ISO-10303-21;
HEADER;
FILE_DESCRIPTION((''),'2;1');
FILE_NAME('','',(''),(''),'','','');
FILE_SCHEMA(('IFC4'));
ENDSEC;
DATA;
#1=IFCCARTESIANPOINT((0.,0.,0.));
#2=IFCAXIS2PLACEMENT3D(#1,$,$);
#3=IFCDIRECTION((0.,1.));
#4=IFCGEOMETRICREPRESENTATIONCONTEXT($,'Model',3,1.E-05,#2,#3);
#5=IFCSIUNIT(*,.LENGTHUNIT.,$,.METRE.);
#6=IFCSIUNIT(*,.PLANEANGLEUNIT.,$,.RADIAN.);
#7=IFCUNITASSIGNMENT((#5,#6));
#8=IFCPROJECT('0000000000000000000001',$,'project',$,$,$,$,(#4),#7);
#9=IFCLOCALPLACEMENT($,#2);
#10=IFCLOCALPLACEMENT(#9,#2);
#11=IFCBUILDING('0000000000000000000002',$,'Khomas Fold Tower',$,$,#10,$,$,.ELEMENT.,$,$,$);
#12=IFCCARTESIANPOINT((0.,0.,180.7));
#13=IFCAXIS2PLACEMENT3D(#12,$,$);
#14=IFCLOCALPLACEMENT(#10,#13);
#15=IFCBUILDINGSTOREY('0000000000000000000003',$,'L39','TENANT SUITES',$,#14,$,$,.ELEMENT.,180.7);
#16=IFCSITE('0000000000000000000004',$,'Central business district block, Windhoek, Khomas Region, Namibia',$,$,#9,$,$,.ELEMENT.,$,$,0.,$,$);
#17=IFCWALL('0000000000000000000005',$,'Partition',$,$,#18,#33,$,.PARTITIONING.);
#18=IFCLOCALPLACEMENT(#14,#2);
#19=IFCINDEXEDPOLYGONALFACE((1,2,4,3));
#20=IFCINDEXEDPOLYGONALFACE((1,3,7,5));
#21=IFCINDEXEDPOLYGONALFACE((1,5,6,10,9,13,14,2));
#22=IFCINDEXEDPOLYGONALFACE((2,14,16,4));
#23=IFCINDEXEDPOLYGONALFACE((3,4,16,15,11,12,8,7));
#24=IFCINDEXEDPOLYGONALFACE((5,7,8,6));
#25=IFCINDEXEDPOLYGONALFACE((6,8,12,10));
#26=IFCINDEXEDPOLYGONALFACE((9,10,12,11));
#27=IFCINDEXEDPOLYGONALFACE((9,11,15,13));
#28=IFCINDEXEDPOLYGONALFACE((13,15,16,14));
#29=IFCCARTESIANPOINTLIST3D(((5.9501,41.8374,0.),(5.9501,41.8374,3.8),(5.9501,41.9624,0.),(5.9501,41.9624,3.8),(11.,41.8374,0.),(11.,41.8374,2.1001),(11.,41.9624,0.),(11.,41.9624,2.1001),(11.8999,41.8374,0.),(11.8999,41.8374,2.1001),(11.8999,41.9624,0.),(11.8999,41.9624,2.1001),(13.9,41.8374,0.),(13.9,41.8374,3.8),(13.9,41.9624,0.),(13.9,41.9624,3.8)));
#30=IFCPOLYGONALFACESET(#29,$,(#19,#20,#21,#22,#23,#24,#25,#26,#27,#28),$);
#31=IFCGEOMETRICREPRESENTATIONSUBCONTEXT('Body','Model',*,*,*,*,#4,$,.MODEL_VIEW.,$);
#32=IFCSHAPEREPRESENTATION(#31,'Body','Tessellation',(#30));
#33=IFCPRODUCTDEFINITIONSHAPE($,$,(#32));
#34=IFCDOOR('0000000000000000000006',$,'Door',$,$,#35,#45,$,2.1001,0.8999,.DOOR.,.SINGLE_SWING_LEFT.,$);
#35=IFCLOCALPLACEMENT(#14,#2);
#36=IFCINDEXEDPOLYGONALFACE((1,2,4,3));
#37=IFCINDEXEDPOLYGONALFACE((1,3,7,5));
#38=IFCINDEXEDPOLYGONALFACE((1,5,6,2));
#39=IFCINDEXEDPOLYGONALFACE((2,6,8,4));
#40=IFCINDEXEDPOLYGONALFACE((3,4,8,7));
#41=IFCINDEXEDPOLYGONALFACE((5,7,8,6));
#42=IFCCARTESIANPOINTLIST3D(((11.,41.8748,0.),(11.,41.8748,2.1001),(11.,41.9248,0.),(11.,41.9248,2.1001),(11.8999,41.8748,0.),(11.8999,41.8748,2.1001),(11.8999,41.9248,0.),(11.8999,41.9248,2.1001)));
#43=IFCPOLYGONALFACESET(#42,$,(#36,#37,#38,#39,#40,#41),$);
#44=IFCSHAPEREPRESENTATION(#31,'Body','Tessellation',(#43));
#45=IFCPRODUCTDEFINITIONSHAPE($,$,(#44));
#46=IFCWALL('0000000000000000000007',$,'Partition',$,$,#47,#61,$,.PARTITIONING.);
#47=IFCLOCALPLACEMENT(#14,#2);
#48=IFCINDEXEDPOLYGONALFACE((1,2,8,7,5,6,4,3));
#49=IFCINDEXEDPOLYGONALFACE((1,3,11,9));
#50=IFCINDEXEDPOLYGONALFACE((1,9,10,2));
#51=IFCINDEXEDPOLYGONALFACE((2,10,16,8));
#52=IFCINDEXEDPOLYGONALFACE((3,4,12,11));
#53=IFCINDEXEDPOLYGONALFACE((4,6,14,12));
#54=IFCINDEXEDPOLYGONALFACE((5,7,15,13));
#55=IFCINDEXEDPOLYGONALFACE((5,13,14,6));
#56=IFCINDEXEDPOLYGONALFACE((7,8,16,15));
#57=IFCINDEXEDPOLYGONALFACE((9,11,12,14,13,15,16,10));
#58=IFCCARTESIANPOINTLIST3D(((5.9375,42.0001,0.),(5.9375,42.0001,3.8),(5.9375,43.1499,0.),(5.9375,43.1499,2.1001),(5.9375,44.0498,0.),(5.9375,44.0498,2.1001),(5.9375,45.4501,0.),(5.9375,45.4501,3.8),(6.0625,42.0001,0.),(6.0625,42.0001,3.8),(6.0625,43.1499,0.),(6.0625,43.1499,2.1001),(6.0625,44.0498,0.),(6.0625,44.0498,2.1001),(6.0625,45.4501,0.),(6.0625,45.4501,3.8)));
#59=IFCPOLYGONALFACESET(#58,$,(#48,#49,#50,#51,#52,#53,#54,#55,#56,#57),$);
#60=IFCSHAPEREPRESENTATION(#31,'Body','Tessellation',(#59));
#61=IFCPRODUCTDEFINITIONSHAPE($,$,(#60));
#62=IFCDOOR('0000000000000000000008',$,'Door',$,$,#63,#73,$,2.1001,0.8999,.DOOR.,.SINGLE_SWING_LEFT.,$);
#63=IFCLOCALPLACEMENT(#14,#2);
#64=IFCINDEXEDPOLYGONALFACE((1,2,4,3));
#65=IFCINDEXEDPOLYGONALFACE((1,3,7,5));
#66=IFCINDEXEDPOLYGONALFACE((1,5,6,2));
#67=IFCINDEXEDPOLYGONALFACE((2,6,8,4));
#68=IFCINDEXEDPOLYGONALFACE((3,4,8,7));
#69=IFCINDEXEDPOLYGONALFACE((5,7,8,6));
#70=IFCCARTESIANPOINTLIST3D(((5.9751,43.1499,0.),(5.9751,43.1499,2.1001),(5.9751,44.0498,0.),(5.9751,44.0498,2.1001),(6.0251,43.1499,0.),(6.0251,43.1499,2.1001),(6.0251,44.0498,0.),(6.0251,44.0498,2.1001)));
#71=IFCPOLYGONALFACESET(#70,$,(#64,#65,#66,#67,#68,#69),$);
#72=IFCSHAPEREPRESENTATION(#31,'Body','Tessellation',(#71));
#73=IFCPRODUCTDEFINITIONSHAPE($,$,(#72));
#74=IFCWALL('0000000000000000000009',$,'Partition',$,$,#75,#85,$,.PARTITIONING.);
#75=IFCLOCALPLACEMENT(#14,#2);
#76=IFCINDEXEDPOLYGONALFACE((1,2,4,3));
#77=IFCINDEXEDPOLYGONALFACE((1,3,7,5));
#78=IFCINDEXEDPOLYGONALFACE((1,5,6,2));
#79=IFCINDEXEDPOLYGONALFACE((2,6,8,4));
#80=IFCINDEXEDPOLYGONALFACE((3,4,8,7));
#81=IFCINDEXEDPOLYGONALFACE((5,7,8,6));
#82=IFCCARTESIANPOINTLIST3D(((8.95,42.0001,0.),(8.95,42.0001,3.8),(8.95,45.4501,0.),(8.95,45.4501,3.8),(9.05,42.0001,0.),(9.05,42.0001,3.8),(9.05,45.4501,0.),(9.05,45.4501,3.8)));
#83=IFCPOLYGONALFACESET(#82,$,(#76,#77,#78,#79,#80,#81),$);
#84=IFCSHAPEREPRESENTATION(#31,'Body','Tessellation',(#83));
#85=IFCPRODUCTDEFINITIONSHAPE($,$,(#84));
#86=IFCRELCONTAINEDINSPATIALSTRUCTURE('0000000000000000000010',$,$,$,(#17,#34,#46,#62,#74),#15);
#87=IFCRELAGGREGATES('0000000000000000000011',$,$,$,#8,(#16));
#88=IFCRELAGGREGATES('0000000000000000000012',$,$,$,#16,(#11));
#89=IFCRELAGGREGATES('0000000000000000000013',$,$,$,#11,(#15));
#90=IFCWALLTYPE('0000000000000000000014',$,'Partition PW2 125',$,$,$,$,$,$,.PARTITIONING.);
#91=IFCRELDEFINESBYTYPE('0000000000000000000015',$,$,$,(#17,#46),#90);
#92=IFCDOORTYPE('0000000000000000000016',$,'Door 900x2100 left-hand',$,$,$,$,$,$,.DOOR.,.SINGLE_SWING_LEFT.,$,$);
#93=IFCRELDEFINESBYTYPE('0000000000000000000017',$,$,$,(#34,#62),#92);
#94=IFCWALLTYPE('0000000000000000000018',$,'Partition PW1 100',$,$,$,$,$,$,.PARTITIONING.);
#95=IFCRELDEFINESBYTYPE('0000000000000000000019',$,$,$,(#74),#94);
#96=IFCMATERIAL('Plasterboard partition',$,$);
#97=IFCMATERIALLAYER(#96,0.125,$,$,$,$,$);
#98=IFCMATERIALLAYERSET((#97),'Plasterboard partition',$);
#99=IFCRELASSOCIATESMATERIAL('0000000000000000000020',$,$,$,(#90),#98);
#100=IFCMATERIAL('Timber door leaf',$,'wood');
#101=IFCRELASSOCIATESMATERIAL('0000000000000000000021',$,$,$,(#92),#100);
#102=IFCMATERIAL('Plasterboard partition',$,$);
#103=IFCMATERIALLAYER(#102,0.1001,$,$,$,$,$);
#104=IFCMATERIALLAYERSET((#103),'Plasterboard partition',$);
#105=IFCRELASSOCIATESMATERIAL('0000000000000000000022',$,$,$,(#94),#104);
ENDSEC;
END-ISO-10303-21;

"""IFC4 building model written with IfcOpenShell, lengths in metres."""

from ifc_helpers import new_model, si_unit, direction, frame, frame_2d, origin, place, context, subcontext, project, spatial, rectangle, extrude, source, transform, mapped, material, layer, layer_set, type_object, element, fill, save


model = new_model("IFC4")

# Units and contexts
model_context = context("Model", 3, precision=1e-05, world=origin(), true_north=direction((0.0, 1.0)))
body_context = subcontext(model_context, "Body", "Model", "MODEL_VIEW")
ifc_project = project(units=[si_unit("LENGTHUNIT", "METRE"), si_unit("PLANEANGLEUNIT", "RADIAN")], contexts=[model_context])

# Site, building, storey
site_placement = place(None, origin())
site = spatial("IfcSite", under=ifc_project, at=site_placement, Name="Central business district block, Windhoek, Khomas Region, Namibia", CompositionType="ELEMENT", RefElevation=0.0)
building_placement = place(site_placement, origin())
building = spatial("IfcBuilding", under=site, at=building_placement, Name="Khomas Fold Tower", CompositionType="ELEMENT")
storey_placement = place(building_placement, frame((0.0, 0.0, 180.7)))
storey = spatial("IfcBuildingStorey", under=building, at=storey_placement, Name="L39", Description="TENANT SUITES", CompositionType="ELEMENT", Elevation=180.7)

# Walls, openings, doors
ifc_material_1 = material(Name="Plasterboard partition")
ifc_layer_1 = layer(ifc_material_1, 0.125)
ifc_layer_set_1 = layer_set([ifc_layer_1], Name="Plasterboard partition")
wall_type_1 = type_object("IfcWallType", Name="Partition PW2 125", PredefinedType="PARTITIONING", material=ifc_layer_set_1)
shared_shape_1 = source(origin(), body_context, "Body", "SweptSolid", [
    extrude(rectangle(XDim=7.95, YDim=0.125, at=frame_2d((3.9751, 0.0))), origin(), (0.0, 0.0, 1.0), 3.8),
])
wall_1_placement = place(storey_placement, frame((5.95, 41.8999, 0.0), z_axis=(0.0, 0.0, 1.0), x_axis=(1.0, 0.0, 0.0)))
wall_1 = element("IfcWall", 1, at=wall_1_placement, inside=storey, type_object=wall_type_1, Name="Partition", PredefinedType="PARTITIONING", context=body_context, shape_type="MappedRepresentation", body=[
    mapped(shared_shape_1, transform((0.0, 0.0, 0.0))),
])
shared_shape_2 = source(origin(), body_context, "Body", "SweptSolid", [
    extrude(rectangle(XDim=0.8999, YDim=2.1001, at=frame_2d((0.45, 1.05))), frame((0.0, 0.0725, 0.0), z_axis=(0.0, -1.0, 0.0), x_axis=(1.0, 0.0, 0.0)), (0.0, 0.0, 1.0), 0.145),
])
opening_1_placement = place(wall_1_placement, frame((5.05, 0.0, 0.0)))
opening_1 = element("IfcOpeningElement", 2, at=opening_1_placement, cuts=wall_1, PredefinedType="OPENING", context=body_context, shape_type="MappedRepresentation", body=[
    mapped(shared_shape_2, transform((0.0, 0.0, 0.0))),
])
ifc_material_2 = material(Name="Timber door leaf", Category="wood")
door_type_1 = type_object("IfcDoorType", Name="Door 900x2100 left-hand", OperationType="SINGLE_SWING_LEFT", PredefinedType="DOOR", material=ifc_material_2)
shared_shape_3 = source(origin(), body_context, "Body", "SweptSolid", [
    extrude(rectangle(XDim=0.8999, YDim=2.1001, at=frame_2d((0.45, 1.05))), frame((0.0, 0.0249, 0.0), z_axis=(0.0, -1.0, 0.0), x_axis=(1.0, 0.0, 0.0)), (0.0, 0.0, 1.0), 0.05),
])
door_1_placement = place(opening_1_placement, origin())
door_1 = element("IfcDoor", 3, at=door_1_placement, inside=storey, type_object=door_type_1, Name="Door", OperationType="SINGLE_SWING_LEFT", OverallHeight=2.1001, OverallWidth=0.8999, PredefinedType="DOOR", context=body_context, shape_type="MappedRepresentation", body=[
    mapped(shared_shape_3, transform((0.0, 0.0, 0.0))),
])
fill(opening_1, door_1)
shared_shape_4 = source(origin(), body_context, "Body", "SweptSolid", [
    extrude(rectangle(XDim=3.45, YDim=0.125, at=frame_2d((1.7251, 0.0))), origin(), (0.0, 0.0, 1.0), 3.8),
])
wall_2_placement = place(storey_placement, frame((6.0, 42.0, 0.0), z_axis=(0.0, 0.0, 1.0), x_axis=(0.0, 1.0, 0.0)))
wall_2 = element("IfcWall", 4, at=wall_2_placement, inside=storey, type_object=wall_type_1, Name="Partition", PredefinedType="PARTITIONING", context=body_context, shape_type="MappedRepresentation", body=[
    mapped(shared_shape_4, transform((0.0, 0.0, 0.0))),
])
opening_2_placement = place(wall_2_placement, frame((1.1499, 0.0, 0.0)))
opening_2 = element("IfcOpeningElement", 5, at=opening_2_placement, cuts=wall_2, PredefinedType="OPENING", context=body_context, shape_type="MappedRepresentation", body=[
    mapped(shared_shape_2, transform((0.0, 0.0, 0.0))),
])
door_2_placement = place(opening_2_placement, origin())
door_2 = element("IfcDoor", 6, at=door_2_placement, inside=storey, type_object=door_type_1, Name="Door", OperationType="SINGLE_SWING_LEFT", OverallHeight=2.1001, OverallWidth=0.8999, PredefinedType="DOOR", context=body_context, shape_type="MappedRepresentation", body=[
    mapped(shared_shape_3, transform((0.0, 0.0, 0.0))),
])
fill(opening_2, door_2)

# Wall
ifc_material_3 = material(Name="Plasterboard partition")
ifc_layer_2 = layer(ifc_material_3, 0.1001)
ifc_layer_set_2 = layer_set([ifc_layer_2], Name="Plasterboard partition")
wall_type_2 = type_object("IfcWallType", Name="Partition PW1 100", PredefinedType="PARTITIONING", material=ifc_layer_set_2)
shared_shape_5 = source(origin(), body_context, "Body", "SweptSolid", [
    extrude(rectangle(XDim=3.45, YDim=0.1001, at=frame_2d((1.7251, 0.0))), origin(), (0.0, 0.0, 1.0), 3.8),
])
wall_3_placement = place(storey_placement, frame((9.0, 42.0, 0.0), z_axis=(0.0, 0.0, 1.0), x_axis=(0.0, 1.0, 0.0)))
element("IfcWall", 7, at=wall_3_placement, inside=storey, type_object=wall_type_2, Name="Partition", PredefinedType="PARTITIONING", context=body_context, shape_type="MappedRepresentation", body=[
    mapped(shared_shape_5, transform((0.0, 0.0, 0.0))),
])

save(model, "model.ifc")
